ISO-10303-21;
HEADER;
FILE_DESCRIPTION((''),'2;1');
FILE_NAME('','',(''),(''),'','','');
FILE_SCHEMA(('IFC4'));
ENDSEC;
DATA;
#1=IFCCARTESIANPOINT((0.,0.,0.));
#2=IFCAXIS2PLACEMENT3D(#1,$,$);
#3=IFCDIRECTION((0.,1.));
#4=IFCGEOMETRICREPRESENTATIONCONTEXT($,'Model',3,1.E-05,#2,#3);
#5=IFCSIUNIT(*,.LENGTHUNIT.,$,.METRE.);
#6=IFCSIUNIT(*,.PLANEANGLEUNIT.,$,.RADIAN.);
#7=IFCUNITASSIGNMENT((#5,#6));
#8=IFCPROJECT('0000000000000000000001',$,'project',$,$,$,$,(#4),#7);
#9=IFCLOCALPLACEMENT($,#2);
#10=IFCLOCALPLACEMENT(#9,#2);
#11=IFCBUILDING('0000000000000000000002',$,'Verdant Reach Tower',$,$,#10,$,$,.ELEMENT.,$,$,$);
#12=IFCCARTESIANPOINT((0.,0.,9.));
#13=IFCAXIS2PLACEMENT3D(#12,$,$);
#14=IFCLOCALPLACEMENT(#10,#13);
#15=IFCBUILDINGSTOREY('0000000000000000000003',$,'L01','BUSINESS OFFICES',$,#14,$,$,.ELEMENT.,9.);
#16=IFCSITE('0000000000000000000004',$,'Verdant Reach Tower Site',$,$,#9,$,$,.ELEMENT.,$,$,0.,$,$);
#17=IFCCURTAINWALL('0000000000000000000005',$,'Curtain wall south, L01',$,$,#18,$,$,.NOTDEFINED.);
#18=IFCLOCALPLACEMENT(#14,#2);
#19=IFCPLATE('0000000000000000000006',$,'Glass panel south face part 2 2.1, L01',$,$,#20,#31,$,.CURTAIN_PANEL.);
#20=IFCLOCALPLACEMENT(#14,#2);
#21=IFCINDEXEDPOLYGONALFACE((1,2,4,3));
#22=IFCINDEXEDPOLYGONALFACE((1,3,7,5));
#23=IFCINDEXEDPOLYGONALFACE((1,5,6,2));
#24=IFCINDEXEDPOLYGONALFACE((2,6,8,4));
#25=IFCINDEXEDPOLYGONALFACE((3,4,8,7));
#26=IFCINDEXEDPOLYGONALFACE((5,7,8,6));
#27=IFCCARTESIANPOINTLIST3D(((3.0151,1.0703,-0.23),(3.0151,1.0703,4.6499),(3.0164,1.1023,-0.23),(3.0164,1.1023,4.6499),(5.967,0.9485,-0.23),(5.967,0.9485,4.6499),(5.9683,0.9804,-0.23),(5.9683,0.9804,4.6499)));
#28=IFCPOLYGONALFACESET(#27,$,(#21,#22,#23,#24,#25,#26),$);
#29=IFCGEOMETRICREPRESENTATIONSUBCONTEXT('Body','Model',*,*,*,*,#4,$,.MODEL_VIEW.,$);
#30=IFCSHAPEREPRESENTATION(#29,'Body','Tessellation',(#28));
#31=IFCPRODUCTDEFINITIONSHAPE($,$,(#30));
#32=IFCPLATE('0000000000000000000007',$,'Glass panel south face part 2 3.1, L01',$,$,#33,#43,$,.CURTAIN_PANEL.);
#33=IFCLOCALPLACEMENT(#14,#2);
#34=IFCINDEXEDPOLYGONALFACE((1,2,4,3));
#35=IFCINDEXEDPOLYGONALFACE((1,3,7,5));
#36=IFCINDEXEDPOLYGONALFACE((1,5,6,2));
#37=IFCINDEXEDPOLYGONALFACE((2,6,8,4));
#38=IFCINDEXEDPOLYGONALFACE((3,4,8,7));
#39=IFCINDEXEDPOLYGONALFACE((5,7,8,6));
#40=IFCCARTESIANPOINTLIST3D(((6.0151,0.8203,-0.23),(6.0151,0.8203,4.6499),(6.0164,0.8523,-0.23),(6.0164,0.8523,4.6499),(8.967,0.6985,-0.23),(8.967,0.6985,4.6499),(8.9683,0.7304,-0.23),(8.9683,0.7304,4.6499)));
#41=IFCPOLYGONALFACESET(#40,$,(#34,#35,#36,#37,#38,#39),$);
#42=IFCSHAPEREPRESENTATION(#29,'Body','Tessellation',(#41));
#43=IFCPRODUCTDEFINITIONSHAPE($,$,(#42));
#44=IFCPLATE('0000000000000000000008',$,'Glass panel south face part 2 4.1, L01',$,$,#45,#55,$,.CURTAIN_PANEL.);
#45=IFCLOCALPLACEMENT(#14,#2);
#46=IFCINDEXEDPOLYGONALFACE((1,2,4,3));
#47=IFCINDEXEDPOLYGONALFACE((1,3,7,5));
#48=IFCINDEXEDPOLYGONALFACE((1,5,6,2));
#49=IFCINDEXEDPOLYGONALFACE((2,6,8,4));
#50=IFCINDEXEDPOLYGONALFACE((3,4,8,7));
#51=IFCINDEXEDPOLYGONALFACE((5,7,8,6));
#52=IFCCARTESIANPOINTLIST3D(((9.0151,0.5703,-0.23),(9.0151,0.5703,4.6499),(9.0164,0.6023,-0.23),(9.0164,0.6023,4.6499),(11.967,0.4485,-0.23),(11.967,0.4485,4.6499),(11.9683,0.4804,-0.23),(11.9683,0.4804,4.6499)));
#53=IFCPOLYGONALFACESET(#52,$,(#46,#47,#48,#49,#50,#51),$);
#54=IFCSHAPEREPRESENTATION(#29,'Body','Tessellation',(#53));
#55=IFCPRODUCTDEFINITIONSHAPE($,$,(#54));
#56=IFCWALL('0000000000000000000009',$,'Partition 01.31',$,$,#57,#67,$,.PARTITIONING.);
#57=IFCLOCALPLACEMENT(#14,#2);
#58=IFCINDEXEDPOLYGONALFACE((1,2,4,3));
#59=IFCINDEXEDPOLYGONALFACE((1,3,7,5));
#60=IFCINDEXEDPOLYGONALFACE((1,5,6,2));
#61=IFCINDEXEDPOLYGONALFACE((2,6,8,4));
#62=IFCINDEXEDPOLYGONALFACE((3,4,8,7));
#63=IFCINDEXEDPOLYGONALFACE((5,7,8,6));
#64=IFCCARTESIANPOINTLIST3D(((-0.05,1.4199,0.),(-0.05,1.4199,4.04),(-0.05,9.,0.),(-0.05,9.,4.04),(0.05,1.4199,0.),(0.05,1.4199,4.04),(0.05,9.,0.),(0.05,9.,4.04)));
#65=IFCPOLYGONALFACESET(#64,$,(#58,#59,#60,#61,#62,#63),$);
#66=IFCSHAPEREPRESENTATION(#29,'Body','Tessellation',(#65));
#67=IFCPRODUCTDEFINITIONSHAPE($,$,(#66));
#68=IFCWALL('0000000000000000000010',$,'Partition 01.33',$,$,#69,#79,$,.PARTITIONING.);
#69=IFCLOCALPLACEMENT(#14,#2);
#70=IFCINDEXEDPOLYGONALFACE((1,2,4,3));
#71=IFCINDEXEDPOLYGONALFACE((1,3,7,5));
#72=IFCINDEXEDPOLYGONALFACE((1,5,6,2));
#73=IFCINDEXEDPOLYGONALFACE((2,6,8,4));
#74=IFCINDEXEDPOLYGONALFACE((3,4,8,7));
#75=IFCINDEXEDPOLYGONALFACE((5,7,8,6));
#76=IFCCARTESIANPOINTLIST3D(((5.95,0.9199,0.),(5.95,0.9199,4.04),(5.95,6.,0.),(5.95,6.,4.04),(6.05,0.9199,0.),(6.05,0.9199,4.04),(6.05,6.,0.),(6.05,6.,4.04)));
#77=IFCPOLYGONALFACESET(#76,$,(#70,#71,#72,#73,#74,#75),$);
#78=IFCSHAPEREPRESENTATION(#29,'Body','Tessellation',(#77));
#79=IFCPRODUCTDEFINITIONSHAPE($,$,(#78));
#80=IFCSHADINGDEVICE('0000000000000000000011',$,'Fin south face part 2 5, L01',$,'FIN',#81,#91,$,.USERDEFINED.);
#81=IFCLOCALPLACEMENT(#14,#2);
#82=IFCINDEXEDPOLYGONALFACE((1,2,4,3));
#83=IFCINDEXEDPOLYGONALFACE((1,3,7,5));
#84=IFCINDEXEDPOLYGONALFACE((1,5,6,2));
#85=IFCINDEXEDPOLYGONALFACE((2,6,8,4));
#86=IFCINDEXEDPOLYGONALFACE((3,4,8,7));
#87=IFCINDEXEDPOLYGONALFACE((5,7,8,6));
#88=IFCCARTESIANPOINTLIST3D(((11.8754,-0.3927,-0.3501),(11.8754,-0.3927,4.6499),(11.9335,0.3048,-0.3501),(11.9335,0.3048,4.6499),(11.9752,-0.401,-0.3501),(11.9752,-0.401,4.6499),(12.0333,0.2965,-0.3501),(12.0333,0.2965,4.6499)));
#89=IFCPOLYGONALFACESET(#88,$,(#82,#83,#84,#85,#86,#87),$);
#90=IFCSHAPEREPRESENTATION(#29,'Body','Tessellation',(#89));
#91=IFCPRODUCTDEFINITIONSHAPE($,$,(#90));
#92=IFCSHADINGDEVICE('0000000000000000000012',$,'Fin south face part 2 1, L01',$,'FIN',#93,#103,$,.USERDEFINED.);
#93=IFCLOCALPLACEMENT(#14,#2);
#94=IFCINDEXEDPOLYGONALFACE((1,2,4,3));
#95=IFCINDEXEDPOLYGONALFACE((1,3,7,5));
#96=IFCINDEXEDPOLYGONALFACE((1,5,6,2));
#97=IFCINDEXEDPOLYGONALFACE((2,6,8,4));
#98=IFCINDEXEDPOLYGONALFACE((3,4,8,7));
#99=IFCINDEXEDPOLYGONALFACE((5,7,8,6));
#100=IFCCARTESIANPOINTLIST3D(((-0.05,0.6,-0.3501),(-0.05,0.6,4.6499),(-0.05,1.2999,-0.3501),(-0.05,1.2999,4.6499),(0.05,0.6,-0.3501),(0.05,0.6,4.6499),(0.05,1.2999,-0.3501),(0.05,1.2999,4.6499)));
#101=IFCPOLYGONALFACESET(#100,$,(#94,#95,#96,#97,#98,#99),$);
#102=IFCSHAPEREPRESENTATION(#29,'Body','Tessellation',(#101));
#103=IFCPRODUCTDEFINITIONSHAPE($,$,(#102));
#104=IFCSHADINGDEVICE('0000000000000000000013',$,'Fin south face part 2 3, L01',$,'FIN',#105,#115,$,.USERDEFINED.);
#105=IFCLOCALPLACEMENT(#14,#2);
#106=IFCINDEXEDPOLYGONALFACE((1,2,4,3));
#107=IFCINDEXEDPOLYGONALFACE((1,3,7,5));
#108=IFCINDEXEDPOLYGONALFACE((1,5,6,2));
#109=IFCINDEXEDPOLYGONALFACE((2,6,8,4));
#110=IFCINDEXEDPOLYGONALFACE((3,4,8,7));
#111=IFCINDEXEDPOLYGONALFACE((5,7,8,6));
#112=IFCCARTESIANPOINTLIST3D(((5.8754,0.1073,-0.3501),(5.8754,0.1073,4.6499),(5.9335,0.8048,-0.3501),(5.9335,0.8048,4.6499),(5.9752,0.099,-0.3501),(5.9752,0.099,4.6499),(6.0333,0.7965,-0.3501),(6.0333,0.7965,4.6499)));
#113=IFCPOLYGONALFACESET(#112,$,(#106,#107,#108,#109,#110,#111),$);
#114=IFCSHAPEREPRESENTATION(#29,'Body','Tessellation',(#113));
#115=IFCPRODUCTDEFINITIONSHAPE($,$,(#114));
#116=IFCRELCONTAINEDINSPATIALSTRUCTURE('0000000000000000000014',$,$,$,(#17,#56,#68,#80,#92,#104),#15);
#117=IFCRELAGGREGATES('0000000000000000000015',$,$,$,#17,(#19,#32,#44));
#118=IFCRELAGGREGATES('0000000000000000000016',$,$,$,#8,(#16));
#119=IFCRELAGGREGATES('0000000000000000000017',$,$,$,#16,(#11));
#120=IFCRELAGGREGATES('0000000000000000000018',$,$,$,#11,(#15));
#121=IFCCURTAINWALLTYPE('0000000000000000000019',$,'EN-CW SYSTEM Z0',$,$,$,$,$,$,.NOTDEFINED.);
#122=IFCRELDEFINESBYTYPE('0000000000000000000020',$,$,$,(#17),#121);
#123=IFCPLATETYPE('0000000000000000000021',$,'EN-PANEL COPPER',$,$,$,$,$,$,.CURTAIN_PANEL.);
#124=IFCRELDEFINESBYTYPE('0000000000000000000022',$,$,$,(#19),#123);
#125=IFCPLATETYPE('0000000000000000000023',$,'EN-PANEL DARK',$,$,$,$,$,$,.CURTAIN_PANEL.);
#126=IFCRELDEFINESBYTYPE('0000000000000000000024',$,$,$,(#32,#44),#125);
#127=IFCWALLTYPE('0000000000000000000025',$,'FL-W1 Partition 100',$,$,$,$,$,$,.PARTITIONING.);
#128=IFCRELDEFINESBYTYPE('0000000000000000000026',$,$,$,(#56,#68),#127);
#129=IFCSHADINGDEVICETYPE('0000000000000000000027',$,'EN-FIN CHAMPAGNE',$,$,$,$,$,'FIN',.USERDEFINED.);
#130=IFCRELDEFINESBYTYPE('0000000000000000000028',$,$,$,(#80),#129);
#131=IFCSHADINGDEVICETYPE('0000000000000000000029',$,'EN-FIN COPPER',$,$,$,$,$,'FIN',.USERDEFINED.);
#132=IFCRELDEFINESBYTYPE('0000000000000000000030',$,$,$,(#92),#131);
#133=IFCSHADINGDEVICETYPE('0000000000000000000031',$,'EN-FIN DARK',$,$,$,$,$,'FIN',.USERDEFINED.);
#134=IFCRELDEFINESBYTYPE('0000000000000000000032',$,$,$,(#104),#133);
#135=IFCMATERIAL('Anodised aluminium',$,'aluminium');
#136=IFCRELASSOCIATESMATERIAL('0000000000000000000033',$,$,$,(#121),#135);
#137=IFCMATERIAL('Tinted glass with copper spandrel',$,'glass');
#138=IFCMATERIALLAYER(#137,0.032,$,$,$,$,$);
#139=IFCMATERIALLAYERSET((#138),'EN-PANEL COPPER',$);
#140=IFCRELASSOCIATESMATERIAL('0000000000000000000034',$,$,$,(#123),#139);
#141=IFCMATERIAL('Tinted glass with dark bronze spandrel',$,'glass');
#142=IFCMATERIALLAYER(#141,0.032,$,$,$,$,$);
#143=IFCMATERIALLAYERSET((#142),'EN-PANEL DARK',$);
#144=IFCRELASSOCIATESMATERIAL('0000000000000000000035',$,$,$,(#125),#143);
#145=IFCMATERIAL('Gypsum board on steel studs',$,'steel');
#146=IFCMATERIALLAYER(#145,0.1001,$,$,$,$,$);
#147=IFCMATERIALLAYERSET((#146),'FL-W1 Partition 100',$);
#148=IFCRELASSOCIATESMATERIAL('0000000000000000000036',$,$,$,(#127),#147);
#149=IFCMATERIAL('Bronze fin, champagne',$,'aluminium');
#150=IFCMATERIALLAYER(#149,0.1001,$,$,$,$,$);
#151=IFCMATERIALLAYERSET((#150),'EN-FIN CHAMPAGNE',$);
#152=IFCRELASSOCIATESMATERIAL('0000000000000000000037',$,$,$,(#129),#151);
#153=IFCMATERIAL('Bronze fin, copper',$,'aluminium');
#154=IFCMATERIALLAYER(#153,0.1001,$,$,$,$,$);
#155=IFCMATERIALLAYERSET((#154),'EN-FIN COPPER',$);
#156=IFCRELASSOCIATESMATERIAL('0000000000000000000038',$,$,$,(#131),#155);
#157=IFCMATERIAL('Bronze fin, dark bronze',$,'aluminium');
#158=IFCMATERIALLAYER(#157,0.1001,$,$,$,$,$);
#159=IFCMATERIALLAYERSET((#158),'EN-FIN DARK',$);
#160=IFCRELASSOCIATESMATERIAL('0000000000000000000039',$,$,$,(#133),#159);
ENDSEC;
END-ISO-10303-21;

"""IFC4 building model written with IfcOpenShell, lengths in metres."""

from ifc_helpers import new_model, si_unit, direction, frame, frame_2d, origin, origin_2d, place, context, subcontext, project, spatial, rectangle, extrude, material, layer, layer_set, type_object, element, aggregate, save


model = new_model("IFC4")

# Units and contexts
model_context = context("Model", 3, precision=1e-05, world=origin(), true_north=direction((0.0, 1.0)))
body_context = subcontext(model_context, "Body", "Model", "MODEL_VIEW")
ifc_project = project(units=[si_unit("LENGTHUNIT", "METRE"), si_unit("PLANEANGLEUNIT", "RADIAN")], contexts=[model_context])

# Site, building, storey
site_placement = place(None, origin())
site = spatial("IfcSite", under=ifc_project, at=site_placement, Name="Verdant Reach Tower Site", CompositionType="ELEMENT", RefElevation=0.0)
building_placement = place(site_placement, origin())
building = spatial("IfcBuilding", under=site, at=building_placement, Name="Verdant Reach Tower", CompositionType="ELEMENT")
storey_placement = place(building_placement, frame((0.0, 0.0, 9.0)))
storey = spatial("IfcBuildingStorey", under=building, at=storey_placement, Name="L01", Description="BUSINESS OFFICES", CompositionType="ELEMENT", Elevation=9.0)

# Curtain wall
ifc_material_1 = material(Name="Anodised aluminium", Category="aluminium")
curtain_wall_type = type_object("IfcCurtainWallType", Name="EN-CW SYSTEM Z0", PredefinedType="NOTDEFINED", material=ifc_material_1)
curtain_wall_placement = place(storey_placement, origin())
curtain_wall = element("IfcCurtainWall", 1, at=curtain_wall_placement, inside=storey, type_object=curtain_wall_type, Name="Curtain wall south, L01", PredefinedType="NOTDEFINED")

# Plates
ifc_material_2 = material(Name="Tinted glass with copper spandrel", Category="glass")
ifc_layer_1 = layer(ifc_material_2, 0.032)
ifc_layer_set_1 = layer_set([ifc_layer_1], Name="EN-PANEL COPPER")
plate_type_1 = type_object("IfcPlateType", Name="EN-PANEL COPPER", PredefinedType="CURTAIN_PANEL", material=ifc_layer_set_1)
plate_1_placement = place(storey_placement, frame((4.4917, 1.0254, -0.23), z_axis=(0.0, 0.0, 1.0), x_axis=(0.999149, -0.041242, 0.0)))
plate_1 = element("IfcPlate", 2, at=plate_1_placement, type_object=plate_type_1, Name="Glass panel south face part 2 2.1, L01", PredefinedType="CURTAIN_PANEL", context=body_context, shape_type="SweptSolid", body=[
    extrude(rectangle(XDim=2.9543, YDim=0.032, at=origin_2d()), origin(), (0.0, 0.0, 1.0), 4.8799),
])
ifc_material_3 = material(Name="Tinted glass with dark bronze spandrel", Category="glass")
ifc_layer_2 = layer(ifc_material_3, 0.032)
ifc_layer_set_2 = layer_set([ifc_layer_2], Name="EN-PANEL DARK")
plate_type_2 = type_object("IfcPlateType", Name="EN-PANEL DARK", PredefinedType="CURTAIN_PANEL", material=ifc_layer_set_2)
plate_2_placement = place(storey_placement, frame((7.4917, 0.7754, -0.23), z_axis=(0.0, 0.0, 1.0), x_axis=(0.999149, -0.041242, 0.0)))
plate_2 = element("IfcPlate", 3, at=plate_2_placement, type_object=plate_type_2, Name="Glass panel south face part 2 3.1, L01", PredefinedType="CURTAIN_PANEL", context=body_context, shape_type="SweptSolid", body=[
    extrude(rectangle(XDim=2.9543, YDim=0.032, at=origin_2d()), origin(), (0.0, 0.0, 1.0), 4.8799),
])
plate_3_placement = place(storey_placement, frame((10.4917, 0.5254, -0.23), z_axis=(0.0, 0.0, 1.0), x_axis=(0.999149, -0.041242, 0.0)))
plate_3 = element("IfcPlate", 4, at=plate_3_placement, type_object=plate_type_2, Name="Glass panel south face part 2 4.1, L01", PredefinedType="CURTAIN_PANEL", context=body_context, shape_type="SweptSolid", body=[
    extrude(rectangle(XDim=2.9543, YDim=0.032, at=origin_2d()), origin(), (0.0, 0.0, 1.0), 4.8799),
])
aggregate(curtain_wall, [plate_1, plate_2, plate_3])

# Walls
ifc_material_4 = material(Name="Gypsum board on steel studs", Category="steel")
ifc_layer_3 = layer(ifc_material_4, 0.1001)
ifc_layer_set_3 = layer_set([ifc_layer_3], Name="FL-W1 Partition 100")
wall_type = type_object("IfcWallType", Name="FL-W1 Partition 100", PredefinedType="PARTITIONING", material=ifc_layer_set_3)
wall_1_placement = place(storey_placement, frame((0.0, 1.4199, 0.0), z_axis=(0.0, 0.0, 1.0), x_axis=(0.0, 1.0, 0.0)))
element("IfcWall", 5, at=wall_1_placement, inside=storey, type_object=wall_type, Name="Partition 01.31", PredefinedType="PARTITIONING", context=body_context, shape_type="SweptSolid", body=[
    extrude(rectangle(XDim=7.5801, YDim=0.1001, at=frame_2d((3.79, 0.0))), origin(), (0.0, 0.0, 1.0), 4.04),
])
wall_2_placement = place(storey_placement, frame((6.0, 0.9199, 0.0), z_axis=(0.0, 0.0, 1.0), x_axis=(0.0, 1.0, 0.0)))
element("IfcWall", 6, at=wall_2_placement, inside=storey, type_object=wall_type, Name="Partition 01.33", PredefinedType="PARTITIONING", context=body_context, shape_type="SweptSolid", body=[
    extrude(rectangle(XDim=5.0801, YDim=0.1001, at=frame_2d((2.54, 0.0))), origin(), (0.0, 0.0, 1.0), 4.04),
])

# Shading devices
ifc_material_5 = material(Name="Bronze fin, champagne", Category="aluminium")
ifc_layer_4 = layer(ifc_material_5, 0.1001)
ifc_layer_set_4 = layer_set([ifc_layer_4], Name="EN-FIN CHAMPAGNE")
shading_device_type_1 = type_object("IfcShadingDeviceType", Name="EN-FIN CHAMPAGNE", ElementType="FIN", PredefinedType="USERDEFINED", material=ifc_layer_set_4)
shading_device_1_placement = place(storey_placement, frame((11.9543, -0.0481, -0.3501), z_axis=(0.0, 0.0, 1.0), x_axis=(0.996546, -0.083045, 0.0)))
element("IfcShadingDevice", 7, at=shading_device_1_placement, inside=storey, type_object=shading_device_type_1, Name="Fin south face part 2 5, L01", ObjectType="FIN", PredefinedType="USERDEFINED", context=body_context, shape_type="SweptSolid", body=[
    extrude(rectangle(XDim=0.1001, YDim=0.7, at=origin_2d()), origin(), (0.0, 0.0, 1.0), 5.0),
])
ifc_material_6 = material(Name="Bronze fin, copper", Category="aluminium")
ifc_layer_5 = layer(ifc_material_6, 0.1001)
ifc_layer_set_5 = layer_set([ifc_layer_5], Name="EN-FIN COPPER")
shading_device_type_2 = type_object("IfcShadingDeviceType", Name="EN-FIN COPPER", ElementType="FIN", PredefinedType="USERDEFINED", material=ifc_layer_set_5)
shading_device_2_placement = place(storey_placement, frame((0.0, 0.95, -0.3501), z_axis=(0.0, 0.0, 1.0), x_axis=(1.0, 0.0, 0.0)))
element("IfcShadingDevice", 8, at=shading_device_2_placement, inside=storey, type_object=shading_device_type_2, Name="Fin south face part 2 1, L01", ObjectType="FIN", PredefinedType="USERDEFINED", context=body_context, shape_type="SweptSolid", body=[
    extrude(rectangle(XDim=0.1001, YDim=0.7, at=origin_2d()), origin(), (0.0, 0.0, 1.0), 5.0),
])
ifc_material_7 = material(Name="Bronze fin, dark bronze", Category="aluminium")
ifc_layer_6 = layer(ifc_material_7, 0.1001)
ifc_layer_set_6 = layer_set([ifc_layer_6], Name="EN-FIN DARK")
shading_device_type_3 = type_object("IfcShadingDeviceType", Name="EN-FIN DARK", ElementType="FIN", PredefinedType="USERDEFINED", material=ifc_layer_set_6)
shading_device_3_placement = place(storey_placement, frame((5.9543, 0.4519, -0.3501), z_axis=(0.0, 0.0, 1.0), x_axis=(0.996546, -0.083045, 0.0)))
element("IfcShadingDevice", 9, at=shading_device_3_placement, inside=storey, type_object=shading_device_type_3, Name="Fin south face part 2 3, L01", ObjectType="FIN", PredefinedType="USERDEFINED", context=body_context, shape_type="SweptSolid", body=[
    extrude(rectangle(XDim=0.1001, YDim=0.7, at=origin_2d()), origin(), (0.0, 0.0, 1.0), 5.0),
])

save(model, "model.ifc")
